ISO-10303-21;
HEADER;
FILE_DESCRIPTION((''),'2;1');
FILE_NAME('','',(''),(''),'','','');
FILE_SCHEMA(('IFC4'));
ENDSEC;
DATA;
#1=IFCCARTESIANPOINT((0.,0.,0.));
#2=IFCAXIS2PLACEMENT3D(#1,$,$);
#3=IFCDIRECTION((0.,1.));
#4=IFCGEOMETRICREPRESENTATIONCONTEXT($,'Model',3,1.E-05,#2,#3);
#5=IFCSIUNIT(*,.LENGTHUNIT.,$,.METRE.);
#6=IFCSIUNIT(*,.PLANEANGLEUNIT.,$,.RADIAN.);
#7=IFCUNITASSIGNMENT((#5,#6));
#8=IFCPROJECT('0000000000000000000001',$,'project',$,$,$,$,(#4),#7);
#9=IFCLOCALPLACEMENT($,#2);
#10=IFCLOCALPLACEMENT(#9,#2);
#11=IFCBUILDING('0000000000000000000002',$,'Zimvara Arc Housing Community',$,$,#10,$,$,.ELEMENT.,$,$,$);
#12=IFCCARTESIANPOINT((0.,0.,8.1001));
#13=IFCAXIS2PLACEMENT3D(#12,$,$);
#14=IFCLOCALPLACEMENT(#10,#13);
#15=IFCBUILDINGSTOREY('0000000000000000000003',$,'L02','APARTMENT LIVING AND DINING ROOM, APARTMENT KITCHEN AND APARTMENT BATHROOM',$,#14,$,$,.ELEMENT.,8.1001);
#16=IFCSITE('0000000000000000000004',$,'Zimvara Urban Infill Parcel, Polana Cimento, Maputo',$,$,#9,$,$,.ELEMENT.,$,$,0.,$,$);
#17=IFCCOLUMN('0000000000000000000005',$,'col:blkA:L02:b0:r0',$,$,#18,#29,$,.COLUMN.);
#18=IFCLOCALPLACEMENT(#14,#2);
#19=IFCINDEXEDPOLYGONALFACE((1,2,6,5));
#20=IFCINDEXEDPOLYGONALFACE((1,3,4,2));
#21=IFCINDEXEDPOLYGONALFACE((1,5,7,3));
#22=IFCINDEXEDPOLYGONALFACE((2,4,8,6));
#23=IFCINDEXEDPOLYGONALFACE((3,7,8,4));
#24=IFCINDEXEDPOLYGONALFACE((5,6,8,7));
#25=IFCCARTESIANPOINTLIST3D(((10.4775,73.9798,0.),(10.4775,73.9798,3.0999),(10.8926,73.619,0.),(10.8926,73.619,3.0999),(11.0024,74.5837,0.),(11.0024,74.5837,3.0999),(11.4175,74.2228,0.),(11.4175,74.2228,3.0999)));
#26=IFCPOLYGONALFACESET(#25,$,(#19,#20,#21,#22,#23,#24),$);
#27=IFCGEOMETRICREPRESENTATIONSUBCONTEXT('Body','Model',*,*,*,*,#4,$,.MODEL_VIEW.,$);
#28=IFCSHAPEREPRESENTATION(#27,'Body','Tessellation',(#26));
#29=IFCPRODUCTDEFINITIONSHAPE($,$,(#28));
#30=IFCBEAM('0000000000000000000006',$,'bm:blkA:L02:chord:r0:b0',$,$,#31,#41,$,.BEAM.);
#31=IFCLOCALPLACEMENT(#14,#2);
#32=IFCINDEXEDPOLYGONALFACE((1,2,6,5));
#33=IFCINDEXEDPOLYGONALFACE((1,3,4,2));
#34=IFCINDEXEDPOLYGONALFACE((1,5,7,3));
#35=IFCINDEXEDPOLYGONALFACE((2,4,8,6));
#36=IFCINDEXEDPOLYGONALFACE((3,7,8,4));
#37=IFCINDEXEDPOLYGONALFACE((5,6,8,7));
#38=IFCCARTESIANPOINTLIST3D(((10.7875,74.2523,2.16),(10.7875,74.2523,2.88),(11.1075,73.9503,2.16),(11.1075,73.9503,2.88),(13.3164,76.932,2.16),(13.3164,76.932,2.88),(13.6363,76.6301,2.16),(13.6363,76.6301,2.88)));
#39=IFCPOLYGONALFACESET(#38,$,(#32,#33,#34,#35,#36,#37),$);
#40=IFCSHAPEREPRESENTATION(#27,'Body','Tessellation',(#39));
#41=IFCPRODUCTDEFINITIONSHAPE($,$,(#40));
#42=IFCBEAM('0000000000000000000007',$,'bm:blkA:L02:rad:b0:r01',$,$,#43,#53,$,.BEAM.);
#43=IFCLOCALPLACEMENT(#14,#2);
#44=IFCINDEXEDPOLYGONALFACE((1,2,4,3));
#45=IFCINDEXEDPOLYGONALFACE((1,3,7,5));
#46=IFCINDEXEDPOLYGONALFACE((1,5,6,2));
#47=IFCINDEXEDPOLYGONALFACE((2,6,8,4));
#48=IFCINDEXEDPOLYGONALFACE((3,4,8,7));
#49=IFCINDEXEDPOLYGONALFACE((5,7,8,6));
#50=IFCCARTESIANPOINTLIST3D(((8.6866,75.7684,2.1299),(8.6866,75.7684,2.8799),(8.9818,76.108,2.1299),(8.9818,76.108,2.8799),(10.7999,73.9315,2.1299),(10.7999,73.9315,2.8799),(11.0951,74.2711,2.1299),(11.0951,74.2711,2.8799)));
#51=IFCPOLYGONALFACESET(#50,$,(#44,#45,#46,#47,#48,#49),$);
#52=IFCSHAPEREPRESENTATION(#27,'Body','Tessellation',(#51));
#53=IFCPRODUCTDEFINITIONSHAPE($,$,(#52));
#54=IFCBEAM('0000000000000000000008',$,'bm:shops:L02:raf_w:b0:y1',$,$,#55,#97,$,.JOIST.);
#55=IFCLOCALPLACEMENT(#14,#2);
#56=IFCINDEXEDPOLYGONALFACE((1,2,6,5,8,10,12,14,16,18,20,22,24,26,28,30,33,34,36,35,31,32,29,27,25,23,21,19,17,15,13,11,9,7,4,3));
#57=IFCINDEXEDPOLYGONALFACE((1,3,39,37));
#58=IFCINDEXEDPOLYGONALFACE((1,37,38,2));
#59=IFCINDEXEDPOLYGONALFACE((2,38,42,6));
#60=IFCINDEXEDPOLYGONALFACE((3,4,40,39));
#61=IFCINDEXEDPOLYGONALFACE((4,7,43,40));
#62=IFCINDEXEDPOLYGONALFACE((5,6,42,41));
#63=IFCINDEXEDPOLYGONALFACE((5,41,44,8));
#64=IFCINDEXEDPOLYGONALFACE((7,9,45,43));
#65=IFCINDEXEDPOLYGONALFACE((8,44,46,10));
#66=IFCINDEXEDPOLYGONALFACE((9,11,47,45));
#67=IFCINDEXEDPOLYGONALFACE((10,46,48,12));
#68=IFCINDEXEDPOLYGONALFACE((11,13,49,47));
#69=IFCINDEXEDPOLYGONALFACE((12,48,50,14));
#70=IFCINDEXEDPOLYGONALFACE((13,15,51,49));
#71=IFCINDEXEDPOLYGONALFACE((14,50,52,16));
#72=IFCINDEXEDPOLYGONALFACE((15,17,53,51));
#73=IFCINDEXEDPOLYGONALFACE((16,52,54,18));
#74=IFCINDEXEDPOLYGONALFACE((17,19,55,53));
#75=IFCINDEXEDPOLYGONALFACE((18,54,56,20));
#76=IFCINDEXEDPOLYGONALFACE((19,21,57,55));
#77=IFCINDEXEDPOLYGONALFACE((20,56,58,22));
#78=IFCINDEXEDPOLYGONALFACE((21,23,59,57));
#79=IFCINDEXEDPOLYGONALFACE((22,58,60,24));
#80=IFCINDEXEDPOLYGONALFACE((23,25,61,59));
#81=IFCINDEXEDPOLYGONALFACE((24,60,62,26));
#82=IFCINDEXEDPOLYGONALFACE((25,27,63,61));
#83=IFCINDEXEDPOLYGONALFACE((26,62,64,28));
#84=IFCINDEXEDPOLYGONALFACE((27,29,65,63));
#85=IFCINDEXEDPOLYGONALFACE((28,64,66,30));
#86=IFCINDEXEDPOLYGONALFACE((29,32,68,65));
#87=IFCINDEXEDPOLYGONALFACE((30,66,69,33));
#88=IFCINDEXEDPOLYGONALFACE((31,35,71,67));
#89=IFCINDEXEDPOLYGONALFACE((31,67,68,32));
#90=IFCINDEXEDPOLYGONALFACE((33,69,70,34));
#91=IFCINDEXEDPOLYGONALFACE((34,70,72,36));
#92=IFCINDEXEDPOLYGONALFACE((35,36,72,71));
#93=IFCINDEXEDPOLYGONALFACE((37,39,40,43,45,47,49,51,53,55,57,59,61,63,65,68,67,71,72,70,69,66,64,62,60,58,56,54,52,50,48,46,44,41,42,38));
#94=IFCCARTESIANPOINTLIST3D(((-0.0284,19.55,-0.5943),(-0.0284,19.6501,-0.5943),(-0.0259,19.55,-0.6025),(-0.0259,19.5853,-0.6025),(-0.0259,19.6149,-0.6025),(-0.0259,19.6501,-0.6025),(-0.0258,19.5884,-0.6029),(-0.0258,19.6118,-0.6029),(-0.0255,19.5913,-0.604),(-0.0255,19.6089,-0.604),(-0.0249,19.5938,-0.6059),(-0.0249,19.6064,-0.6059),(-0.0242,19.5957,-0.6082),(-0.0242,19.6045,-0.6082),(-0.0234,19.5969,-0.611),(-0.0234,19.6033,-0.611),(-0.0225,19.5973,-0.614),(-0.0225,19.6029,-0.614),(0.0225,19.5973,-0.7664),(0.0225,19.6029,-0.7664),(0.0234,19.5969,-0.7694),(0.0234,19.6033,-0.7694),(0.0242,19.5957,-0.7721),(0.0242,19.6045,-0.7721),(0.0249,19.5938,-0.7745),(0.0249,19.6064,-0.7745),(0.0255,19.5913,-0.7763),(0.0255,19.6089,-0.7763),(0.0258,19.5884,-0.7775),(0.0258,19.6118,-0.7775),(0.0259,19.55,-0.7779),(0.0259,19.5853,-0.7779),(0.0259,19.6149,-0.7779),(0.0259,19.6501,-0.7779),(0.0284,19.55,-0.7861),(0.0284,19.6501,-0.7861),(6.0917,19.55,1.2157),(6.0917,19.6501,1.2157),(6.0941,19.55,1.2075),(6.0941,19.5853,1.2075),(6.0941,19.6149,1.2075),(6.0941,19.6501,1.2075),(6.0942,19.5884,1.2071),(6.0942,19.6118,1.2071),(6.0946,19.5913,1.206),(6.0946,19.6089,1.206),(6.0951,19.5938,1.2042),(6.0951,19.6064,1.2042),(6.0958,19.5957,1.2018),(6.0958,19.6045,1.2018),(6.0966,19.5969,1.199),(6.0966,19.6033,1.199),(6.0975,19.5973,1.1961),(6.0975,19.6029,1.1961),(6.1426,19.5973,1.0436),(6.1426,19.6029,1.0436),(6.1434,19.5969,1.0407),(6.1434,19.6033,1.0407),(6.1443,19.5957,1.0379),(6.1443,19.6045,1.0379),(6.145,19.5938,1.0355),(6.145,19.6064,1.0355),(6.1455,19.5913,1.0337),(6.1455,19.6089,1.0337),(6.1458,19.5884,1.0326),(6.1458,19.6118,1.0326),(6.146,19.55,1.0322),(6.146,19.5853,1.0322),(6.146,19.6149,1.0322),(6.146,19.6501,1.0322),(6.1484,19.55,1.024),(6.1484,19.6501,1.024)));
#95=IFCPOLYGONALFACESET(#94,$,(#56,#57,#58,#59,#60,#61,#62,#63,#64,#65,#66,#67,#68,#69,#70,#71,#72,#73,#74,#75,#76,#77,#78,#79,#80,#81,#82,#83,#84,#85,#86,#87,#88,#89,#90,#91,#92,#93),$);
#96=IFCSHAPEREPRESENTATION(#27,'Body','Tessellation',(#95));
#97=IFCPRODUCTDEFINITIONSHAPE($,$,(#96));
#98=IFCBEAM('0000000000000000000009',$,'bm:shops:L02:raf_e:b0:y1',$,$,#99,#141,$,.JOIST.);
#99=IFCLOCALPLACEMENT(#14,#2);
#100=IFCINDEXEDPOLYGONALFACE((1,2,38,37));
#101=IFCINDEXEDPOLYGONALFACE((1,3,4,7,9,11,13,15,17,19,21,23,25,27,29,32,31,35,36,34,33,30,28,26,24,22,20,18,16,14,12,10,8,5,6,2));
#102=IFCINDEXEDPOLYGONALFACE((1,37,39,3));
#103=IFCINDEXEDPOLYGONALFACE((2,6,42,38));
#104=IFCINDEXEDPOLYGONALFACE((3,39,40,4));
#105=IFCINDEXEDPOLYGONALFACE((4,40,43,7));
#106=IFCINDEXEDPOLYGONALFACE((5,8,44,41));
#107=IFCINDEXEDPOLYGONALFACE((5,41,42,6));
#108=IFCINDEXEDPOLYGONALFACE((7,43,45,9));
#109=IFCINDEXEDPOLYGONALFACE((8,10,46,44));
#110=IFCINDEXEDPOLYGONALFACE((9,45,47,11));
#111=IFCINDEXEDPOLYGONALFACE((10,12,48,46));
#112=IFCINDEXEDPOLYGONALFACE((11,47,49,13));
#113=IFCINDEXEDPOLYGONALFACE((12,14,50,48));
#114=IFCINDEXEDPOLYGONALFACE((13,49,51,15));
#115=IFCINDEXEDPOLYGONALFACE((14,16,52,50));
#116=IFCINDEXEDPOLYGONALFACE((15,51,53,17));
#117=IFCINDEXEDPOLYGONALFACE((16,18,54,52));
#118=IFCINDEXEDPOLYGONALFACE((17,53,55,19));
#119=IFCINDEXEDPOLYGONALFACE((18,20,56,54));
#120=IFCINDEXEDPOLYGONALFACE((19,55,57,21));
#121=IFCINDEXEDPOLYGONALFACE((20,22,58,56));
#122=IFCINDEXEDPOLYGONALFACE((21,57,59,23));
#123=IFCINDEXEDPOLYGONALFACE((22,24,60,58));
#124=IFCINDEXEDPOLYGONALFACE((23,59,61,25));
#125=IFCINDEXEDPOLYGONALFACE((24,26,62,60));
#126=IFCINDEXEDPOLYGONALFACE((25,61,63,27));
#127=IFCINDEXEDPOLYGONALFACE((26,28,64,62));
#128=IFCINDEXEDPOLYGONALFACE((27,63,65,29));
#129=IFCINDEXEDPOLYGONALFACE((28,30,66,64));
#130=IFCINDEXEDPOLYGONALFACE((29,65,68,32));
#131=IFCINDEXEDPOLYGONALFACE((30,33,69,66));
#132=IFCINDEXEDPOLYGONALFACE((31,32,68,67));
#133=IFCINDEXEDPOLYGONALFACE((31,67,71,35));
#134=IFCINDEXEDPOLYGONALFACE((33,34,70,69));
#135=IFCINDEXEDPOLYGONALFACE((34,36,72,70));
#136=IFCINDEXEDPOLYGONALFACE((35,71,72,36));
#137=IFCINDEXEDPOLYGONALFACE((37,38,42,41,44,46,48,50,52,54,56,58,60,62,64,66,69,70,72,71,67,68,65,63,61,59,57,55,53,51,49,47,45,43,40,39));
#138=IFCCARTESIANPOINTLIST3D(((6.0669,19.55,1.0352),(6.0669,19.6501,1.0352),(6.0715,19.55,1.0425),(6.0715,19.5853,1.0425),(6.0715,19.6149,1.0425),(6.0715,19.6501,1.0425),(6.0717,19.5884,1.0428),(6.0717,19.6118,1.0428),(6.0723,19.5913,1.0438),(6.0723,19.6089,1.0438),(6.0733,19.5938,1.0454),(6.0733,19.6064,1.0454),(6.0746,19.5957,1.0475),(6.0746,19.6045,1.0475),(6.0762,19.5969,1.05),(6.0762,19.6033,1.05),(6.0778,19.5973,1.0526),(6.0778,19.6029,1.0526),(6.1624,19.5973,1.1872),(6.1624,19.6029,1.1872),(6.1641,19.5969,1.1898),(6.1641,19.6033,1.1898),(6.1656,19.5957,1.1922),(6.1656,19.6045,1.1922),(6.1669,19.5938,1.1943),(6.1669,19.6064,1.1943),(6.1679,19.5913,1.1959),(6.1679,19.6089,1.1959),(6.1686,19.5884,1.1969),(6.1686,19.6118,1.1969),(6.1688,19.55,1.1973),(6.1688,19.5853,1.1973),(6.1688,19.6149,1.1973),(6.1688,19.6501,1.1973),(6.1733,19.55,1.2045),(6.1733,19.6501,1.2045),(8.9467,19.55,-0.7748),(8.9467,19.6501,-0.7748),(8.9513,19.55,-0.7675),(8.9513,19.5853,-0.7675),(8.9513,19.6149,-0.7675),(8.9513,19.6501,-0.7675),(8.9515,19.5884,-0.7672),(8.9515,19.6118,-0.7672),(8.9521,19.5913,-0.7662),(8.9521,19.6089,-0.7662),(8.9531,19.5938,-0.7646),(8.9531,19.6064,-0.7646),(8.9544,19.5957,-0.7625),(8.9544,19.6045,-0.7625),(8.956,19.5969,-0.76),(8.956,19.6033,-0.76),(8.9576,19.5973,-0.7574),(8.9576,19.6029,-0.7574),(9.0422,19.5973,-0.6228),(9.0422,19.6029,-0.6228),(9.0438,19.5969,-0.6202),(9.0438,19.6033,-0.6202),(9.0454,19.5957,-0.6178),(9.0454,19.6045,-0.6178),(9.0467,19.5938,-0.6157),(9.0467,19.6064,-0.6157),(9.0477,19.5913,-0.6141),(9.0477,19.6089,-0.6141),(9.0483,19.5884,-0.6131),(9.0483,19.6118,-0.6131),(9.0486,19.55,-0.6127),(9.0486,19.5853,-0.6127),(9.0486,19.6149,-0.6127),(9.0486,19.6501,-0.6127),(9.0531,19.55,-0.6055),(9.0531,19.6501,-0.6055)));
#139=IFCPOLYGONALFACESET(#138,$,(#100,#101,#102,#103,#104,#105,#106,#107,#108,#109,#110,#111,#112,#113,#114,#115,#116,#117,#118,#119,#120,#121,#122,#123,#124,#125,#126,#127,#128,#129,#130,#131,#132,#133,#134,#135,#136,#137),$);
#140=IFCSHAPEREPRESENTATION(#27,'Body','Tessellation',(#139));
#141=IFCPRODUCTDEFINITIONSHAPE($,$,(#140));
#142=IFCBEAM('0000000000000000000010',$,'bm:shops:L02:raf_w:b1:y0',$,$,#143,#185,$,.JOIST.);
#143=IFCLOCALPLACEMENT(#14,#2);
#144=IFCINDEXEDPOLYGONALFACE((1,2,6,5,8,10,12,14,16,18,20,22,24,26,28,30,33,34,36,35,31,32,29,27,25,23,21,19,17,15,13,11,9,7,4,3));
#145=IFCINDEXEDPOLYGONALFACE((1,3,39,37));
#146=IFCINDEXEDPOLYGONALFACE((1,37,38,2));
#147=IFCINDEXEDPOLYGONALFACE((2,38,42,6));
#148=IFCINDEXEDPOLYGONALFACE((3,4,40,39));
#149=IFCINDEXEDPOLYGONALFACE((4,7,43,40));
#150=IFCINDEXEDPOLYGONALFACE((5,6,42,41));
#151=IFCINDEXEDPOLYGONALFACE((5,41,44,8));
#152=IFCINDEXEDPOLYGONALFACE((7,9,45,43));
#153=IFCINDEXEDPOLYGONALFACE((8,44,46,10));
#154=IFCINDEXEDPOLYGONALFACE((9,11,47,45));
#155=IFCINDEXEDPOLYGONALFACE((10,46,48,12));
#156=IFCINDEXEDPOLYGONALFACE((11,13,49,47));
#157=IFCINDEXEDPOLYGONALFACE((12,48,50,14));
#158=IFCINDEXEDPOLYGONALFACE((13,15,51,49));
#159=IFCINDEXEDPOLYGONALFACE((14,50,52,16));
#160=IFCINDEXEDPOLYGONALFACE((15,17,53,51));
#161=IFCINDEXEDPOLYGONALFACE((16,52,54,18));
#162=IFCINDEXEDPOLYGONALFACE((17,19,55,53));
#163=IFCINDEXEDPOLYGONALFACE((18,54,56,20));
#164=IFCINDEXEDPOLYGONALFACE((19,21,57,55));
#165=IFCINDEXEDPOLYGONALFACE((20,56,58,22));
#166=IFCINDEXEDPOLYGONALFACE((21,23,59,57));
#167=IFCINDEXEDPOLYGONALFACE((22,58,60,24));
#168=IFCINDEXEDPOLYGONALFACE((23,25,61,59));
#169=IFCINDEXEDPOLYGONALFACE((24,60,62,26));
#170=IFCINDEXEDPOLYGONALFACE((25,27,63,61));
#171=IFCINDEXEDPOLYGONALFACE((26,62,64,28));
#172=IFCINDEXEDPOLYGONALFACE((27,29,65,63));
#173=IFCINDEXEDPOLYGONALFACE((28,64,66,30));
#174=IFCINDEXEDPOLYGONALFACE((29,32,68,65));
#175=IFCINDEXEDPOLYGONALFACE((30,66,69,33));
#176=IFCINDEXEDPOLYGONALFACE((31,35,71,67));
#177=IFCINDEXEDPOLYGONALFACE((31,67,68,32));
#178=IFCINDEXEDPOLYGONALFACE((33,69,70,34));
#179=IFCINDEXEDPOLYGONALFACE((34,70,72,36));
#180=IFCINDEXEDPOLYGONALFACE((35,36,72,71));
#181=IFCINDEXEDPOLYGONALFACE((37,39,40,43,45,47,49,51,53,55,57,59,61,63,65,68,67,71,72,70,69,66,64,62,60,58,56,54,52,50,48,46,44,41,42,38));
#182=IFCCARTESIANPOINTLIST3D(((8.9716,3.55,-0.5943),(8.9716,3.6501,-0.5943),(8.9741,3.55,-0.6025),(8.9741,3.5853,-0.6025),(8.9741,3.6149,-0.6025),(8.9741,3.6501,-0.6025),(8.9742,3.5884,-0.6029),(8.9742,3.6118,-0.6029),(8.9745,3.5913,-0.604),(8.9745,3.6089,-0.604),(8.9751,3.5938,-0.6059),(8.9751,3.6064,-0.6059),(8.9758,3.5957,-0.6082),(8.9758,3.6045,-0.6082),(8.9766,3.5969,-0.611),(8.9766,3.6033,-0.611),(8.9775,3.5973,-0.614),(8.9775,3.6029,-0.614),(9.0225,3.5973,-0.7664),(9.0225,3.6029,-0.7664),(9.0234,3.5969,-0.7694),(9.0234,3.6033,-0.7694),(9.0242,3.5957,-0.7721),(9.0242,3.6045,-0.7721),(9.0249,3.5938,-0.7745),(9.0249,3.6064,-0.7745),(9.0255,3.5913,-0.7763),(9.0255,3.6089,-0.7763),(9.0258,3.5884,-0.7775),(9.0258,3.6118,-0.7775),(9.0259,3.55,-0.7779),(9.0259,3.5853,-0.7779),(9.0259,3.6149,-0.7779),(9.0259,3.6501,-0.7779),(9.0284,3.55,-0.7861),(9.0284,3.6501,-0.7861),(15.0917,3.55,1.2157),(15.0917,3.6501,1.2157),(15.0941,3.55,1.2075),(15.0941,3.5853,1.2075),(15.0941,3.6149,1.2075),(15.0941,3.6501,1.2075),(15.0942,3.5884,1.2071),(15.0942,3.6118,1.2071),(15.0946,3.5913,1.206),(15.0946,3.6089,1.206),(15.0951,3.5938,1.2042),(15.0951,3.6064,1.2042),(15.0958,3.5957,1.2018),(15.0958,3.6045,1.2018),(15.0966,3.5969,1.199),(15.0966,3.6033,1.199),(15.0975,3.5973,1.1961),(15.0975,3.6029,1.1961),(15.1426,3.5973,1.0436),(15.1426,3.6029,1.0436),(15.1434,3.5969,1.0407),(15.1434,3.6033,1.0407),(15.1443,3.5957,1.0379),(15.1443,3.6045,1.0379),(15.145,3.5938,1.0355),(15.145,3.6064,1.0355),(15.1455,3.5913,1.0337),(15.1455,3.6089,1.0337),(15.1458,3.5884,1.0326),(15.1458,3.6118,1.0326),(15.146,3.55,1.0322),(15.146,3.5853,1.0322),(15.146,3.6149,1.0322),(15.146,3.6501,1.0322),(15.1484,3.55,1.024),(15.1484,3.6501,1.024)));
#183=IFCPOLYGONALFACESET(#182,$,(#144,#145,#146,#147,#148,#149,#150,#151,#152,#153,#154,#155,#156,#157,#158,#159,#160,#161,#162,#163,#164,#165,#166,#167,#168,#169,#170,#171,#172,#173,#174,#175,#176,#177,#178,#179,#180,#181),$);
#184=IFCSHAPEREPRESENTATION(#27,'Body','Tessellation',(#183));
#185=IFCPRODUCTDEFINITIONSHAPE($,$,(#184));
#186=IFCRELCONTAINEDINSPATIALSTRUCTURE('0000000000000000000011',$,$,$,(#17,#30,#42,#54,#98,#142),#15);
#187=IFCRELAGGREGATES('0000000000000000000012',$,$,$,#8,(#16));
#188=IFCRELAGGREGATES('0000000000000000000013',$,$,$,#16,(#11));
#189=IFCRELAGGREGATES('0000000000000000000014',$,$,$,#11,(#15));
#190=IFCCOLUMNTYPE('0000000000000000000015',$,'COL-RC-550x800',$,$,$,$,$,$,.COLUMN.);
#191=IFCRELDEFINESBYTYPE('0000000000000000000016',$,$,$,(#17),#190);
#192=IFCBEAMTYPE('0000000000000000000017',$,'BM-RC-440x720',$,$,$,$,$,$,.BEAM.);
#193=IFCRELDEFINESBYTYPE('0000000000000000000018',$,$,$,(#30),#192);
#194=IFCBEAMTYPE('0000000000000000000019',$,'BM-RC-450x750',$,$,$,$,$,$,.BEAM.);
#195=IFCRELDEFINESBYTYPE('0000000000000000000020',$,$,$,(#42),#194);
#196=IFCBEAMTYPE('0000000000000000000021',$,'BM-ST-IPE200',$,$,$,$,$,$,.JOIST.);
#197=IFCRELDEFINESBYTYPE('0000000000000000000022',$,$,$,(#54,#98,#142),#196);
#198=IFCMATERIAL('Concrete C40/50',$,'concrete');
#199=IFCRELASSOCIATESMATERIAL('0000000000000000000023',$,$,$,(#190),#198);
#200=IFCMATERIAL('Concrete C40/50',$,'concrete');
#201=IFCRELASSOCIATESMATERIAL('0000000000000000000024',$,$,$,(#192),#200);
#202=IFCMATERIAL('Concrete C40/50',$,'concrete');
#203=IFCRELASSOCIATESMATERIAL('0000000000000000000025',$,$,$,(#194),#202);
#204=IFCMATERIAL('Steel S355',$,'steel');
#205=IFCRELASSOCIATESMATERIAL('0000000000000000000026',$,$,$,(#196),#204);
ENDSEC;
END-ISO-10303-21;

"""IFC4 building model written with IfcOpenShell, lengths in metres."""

from ifc_helpers import new_model, si_unit, direction, frame, origin, origin_2d, place, context, subcontext, project, spatial, rectangle, i_section, extrude, material, material_profile, profile_set, type_object, element, save


model = new_model("IFC4")

# Units and contexts
model_context = context("Model", 3, precision=1e-05, world=origin(), true_north=direction((0.0, 1.0)))
body_context = subcontext(model_context, "Body", "Model", "MODEL_VIEW")
ifc_project = project(units=[si_unit("LENGTHUNIT", "METRE"), si_unit("PLANEANGLEUNIT", "RADIAN")], contexts=[model_context])

# Site, building, storey
site_placement = place(None, origin())
site = spatial("IfcSite", under=ifc_project, at=site_placement, Name="Zimvara Urban Infill Parcel, Polana Cimento, Maputo", CompositionType="ELEMENT", RefElevation=0.0)
building_placement = place(site_placement, origin())
building = spatial("IfcBuilding", under=site, at=building_placement, Name="Zimvara Arc Housing Community", CompositionType="ELEMENT")
storey_placement = place(building_placement, frame((0.0, 0.0, 8.1001)))
storey = spatial("IfcBuildingStorey", under=building, at=storey_placement, Name="L02", Description="APARTMENT LIVING AND DINING ROOM, APARTMENT KITCHEN AND APARTMENT BATHROOM", CompositionType="ELEMENT", Elevation=8.1001)

# Column
ifc_material_1 = material(Name="Concrete C40/50", Category="concrete")
ifc_material_profile_1 = material_profile(ifc_material_1, rectangle(XDim=0.55, YDim=0.8, at=origin_2d()), Name="RC 550x800")
ifc_profile_set_1 = profile_set([ifc_material_profile_1], Name="Concrete C40/50")
column_type = type_object("IfcColumnType", Name="COL-RC-550x800", PredefinedType="COLUMN", material=ifc_profile_set_1)
column_placement = place(storey_placement, frame((10.9475, 74.1013, 0.0), z_axis=(0.0, 0.0, 1.0), x_axis=(-0.75471, 0.656059, 0.0)))
element("IfcColumn", 1, at=column_placement, inside=storey, type_object=column_type, Name="col:blkA:L02:b0:r0", PredefinedType="COLUMN", context=body_context, shape_type="SweptSolid", body=[
    extrude(rectangle(XDim=0.55, YDim=0.8, at=origin_2d()), origin(), (0.0, 0.0, 1.0), 3.0999),
])

# Beams
ifc_material_2 = material(Name="Concrete C40/50", Category="concrete")
ifc_material_profile_2 = material_profile(ifc_material_2, rectangle(XDim=0.4399, YDim=0.72, at=origin_2d()), Name="RC 440x720")
ifc_profile_set_2 = profile_set([ifc_material_profile_2], Name="Concrete C40/50")
beam_type_1 = type_object("IfcBeamType", Name="BM-RC-440x720", PredefinedType="BEAM", material=ifc_profile_set_2)
beam_1_placement = place(storey_placement, frame((10.9475, 74.1013, 2.52), z_axis=(0.686336, 0.727285, 0.0), x_axis=(-0.727285, 0.686336, 0.0)))
element("IfcBeam", 2, at=beam_1_placement, inside=storey, type_object=beam_type_1, Name="bm:blkA:L02:chord:r0:b0", PredefinedType="BEAM", context=body_context, shape_type="SweptSolid", body=[
    extrude(rectangle(XDim=0.4399, YDim=0.72, at=origin_2d()), origin(), (0.0, 0.0, 1.0), 3.6846),
])
ifc_material_3 = material(Name="Concrete C40/50", Category="concrete")
ifc_material_profile_3 = material_profile(ifc_material_3, rectangle(XDim=0.45, YDim=0.75, at=origin_2d()), Name="RC 450x750")
ifc_profile_set_3 = profile_set([ifc_material_profile_3], Name="Concrete C40/50")
beam_type_2 = type_object("IfcBeamType", Name="BM-RC-450x750", PredefinedType="BEAM", material=ifc_profile_set_3)
beam_2_placement = place(storey_placement, frame((10.9475, 74.1013, 2.5049), z_axis=(-0.754733, 0.656032, 0.0), x_axis=(-0.656032, -0.754733, 0.0)))
element("IfcBeam", 3, at=beam_2_placement, inside=storey, type_object=beam_type_2, Name="bm:blkA:L02:rad:b0:r01", PredefinedType="BEAM", context=body_context, shape_type="SweptSolid", body=[
    extrude(rectangle(XDim=0.45, YDim=0.75, at=origin_2d()), origin(), (0.0, 0.0, 1.0), 2.8),
])
ifc_material_4 = material(Name="Steel S355", Category="steel")
ifc_material_profile_4 = material_profile(ifc_material_4, i_section(OverallWidth=0.1001, OverallDepth=0.2, WebThickness=0.0056, FlangeThickness=0.0085, FilletRadius=0.012, at=origin_2d()), Name="IPE 200")
ifc_profile_set_4 = profile_set([ifc_material_profile_4], Name="Steel S355")
beam_type_3 = type_object("IfcBeamType", Name="BM-ST-IPE200", PredefinedType="JOIST", material=ifc_profile_set_4)
beam_3_placement = place(storey_placement, frame((0.0, 19.6001, -0.6902), z_axis=(0.958939, 0.0, 0.283612), x_axis=(0.0, 1.0, 0.0)))
element("IfcBeam", 4, at=beam_3_placement, inside=storey, type_object=beam_type_3, Name="bm:shops:L02:raf_w:b0:y1", PredefinedType="JOIST", context=body_context, shape_type="SweptSolid", body=[
    extrude(i_section(OverallWidth=0.1001, OverallDepth=0.2, WebThickness=0.0056, FlangeThickness=0.0085, FilletRadius=0.012, at=origin_2d()), origin(), (0.0, 0.0, 1.0), 6.3821),
])
beam_4_placement = place(storey_placement, frame((6.1201, 19.6001, 1.1199), z_axis=(0.846657, 0.0, -0.532139), x_axis=(0.0, 1.0, 0.0)))
element("IfcBeam", 5, at=beam_4_placement, inside=storey, type_object=beam_type_3, Name="bm:shops:L02:raf_e:b0:y1", PredefinedType="JOIST", context=body_context, shape_type="SweptSolid", body=[
    extrude(i_section(OverallWidth=0.1001, OverallDepth=0.2, WebThickness=0.0056, FlangeThickness=0.0085, FilletRadius=0.012, at=origin_2d()), origin(), (0.0, 0.0, 1.0), 3.4014),
])
beam_5_placement = place(storey_placement, frame((9.0, 3.6001, -0.6902), z_axis=(0.958939, 0.0, 0.283612), x_axis=(0.0, 1.0, 0.0)))
element("IfcBeam", 6, at=beam_5_placement, inside=storey, type_object=beam_type_3, Name="bm:shops:L02:raf_w:b1:y0", PredefinedType="JOIST", context=body_context, shape_type="SweptSolid", body=[
    extrude(i_section(OverallWidth=0.1001, OverallDepth=0.2, WebThickness=0.0056, FlangeThickness=0.0085, FilletRadius=0.012, at=origin_2d()), origin(), (0.0, 0.0, 1.0), 6.3821),
])

save(model, "model.ifc")
